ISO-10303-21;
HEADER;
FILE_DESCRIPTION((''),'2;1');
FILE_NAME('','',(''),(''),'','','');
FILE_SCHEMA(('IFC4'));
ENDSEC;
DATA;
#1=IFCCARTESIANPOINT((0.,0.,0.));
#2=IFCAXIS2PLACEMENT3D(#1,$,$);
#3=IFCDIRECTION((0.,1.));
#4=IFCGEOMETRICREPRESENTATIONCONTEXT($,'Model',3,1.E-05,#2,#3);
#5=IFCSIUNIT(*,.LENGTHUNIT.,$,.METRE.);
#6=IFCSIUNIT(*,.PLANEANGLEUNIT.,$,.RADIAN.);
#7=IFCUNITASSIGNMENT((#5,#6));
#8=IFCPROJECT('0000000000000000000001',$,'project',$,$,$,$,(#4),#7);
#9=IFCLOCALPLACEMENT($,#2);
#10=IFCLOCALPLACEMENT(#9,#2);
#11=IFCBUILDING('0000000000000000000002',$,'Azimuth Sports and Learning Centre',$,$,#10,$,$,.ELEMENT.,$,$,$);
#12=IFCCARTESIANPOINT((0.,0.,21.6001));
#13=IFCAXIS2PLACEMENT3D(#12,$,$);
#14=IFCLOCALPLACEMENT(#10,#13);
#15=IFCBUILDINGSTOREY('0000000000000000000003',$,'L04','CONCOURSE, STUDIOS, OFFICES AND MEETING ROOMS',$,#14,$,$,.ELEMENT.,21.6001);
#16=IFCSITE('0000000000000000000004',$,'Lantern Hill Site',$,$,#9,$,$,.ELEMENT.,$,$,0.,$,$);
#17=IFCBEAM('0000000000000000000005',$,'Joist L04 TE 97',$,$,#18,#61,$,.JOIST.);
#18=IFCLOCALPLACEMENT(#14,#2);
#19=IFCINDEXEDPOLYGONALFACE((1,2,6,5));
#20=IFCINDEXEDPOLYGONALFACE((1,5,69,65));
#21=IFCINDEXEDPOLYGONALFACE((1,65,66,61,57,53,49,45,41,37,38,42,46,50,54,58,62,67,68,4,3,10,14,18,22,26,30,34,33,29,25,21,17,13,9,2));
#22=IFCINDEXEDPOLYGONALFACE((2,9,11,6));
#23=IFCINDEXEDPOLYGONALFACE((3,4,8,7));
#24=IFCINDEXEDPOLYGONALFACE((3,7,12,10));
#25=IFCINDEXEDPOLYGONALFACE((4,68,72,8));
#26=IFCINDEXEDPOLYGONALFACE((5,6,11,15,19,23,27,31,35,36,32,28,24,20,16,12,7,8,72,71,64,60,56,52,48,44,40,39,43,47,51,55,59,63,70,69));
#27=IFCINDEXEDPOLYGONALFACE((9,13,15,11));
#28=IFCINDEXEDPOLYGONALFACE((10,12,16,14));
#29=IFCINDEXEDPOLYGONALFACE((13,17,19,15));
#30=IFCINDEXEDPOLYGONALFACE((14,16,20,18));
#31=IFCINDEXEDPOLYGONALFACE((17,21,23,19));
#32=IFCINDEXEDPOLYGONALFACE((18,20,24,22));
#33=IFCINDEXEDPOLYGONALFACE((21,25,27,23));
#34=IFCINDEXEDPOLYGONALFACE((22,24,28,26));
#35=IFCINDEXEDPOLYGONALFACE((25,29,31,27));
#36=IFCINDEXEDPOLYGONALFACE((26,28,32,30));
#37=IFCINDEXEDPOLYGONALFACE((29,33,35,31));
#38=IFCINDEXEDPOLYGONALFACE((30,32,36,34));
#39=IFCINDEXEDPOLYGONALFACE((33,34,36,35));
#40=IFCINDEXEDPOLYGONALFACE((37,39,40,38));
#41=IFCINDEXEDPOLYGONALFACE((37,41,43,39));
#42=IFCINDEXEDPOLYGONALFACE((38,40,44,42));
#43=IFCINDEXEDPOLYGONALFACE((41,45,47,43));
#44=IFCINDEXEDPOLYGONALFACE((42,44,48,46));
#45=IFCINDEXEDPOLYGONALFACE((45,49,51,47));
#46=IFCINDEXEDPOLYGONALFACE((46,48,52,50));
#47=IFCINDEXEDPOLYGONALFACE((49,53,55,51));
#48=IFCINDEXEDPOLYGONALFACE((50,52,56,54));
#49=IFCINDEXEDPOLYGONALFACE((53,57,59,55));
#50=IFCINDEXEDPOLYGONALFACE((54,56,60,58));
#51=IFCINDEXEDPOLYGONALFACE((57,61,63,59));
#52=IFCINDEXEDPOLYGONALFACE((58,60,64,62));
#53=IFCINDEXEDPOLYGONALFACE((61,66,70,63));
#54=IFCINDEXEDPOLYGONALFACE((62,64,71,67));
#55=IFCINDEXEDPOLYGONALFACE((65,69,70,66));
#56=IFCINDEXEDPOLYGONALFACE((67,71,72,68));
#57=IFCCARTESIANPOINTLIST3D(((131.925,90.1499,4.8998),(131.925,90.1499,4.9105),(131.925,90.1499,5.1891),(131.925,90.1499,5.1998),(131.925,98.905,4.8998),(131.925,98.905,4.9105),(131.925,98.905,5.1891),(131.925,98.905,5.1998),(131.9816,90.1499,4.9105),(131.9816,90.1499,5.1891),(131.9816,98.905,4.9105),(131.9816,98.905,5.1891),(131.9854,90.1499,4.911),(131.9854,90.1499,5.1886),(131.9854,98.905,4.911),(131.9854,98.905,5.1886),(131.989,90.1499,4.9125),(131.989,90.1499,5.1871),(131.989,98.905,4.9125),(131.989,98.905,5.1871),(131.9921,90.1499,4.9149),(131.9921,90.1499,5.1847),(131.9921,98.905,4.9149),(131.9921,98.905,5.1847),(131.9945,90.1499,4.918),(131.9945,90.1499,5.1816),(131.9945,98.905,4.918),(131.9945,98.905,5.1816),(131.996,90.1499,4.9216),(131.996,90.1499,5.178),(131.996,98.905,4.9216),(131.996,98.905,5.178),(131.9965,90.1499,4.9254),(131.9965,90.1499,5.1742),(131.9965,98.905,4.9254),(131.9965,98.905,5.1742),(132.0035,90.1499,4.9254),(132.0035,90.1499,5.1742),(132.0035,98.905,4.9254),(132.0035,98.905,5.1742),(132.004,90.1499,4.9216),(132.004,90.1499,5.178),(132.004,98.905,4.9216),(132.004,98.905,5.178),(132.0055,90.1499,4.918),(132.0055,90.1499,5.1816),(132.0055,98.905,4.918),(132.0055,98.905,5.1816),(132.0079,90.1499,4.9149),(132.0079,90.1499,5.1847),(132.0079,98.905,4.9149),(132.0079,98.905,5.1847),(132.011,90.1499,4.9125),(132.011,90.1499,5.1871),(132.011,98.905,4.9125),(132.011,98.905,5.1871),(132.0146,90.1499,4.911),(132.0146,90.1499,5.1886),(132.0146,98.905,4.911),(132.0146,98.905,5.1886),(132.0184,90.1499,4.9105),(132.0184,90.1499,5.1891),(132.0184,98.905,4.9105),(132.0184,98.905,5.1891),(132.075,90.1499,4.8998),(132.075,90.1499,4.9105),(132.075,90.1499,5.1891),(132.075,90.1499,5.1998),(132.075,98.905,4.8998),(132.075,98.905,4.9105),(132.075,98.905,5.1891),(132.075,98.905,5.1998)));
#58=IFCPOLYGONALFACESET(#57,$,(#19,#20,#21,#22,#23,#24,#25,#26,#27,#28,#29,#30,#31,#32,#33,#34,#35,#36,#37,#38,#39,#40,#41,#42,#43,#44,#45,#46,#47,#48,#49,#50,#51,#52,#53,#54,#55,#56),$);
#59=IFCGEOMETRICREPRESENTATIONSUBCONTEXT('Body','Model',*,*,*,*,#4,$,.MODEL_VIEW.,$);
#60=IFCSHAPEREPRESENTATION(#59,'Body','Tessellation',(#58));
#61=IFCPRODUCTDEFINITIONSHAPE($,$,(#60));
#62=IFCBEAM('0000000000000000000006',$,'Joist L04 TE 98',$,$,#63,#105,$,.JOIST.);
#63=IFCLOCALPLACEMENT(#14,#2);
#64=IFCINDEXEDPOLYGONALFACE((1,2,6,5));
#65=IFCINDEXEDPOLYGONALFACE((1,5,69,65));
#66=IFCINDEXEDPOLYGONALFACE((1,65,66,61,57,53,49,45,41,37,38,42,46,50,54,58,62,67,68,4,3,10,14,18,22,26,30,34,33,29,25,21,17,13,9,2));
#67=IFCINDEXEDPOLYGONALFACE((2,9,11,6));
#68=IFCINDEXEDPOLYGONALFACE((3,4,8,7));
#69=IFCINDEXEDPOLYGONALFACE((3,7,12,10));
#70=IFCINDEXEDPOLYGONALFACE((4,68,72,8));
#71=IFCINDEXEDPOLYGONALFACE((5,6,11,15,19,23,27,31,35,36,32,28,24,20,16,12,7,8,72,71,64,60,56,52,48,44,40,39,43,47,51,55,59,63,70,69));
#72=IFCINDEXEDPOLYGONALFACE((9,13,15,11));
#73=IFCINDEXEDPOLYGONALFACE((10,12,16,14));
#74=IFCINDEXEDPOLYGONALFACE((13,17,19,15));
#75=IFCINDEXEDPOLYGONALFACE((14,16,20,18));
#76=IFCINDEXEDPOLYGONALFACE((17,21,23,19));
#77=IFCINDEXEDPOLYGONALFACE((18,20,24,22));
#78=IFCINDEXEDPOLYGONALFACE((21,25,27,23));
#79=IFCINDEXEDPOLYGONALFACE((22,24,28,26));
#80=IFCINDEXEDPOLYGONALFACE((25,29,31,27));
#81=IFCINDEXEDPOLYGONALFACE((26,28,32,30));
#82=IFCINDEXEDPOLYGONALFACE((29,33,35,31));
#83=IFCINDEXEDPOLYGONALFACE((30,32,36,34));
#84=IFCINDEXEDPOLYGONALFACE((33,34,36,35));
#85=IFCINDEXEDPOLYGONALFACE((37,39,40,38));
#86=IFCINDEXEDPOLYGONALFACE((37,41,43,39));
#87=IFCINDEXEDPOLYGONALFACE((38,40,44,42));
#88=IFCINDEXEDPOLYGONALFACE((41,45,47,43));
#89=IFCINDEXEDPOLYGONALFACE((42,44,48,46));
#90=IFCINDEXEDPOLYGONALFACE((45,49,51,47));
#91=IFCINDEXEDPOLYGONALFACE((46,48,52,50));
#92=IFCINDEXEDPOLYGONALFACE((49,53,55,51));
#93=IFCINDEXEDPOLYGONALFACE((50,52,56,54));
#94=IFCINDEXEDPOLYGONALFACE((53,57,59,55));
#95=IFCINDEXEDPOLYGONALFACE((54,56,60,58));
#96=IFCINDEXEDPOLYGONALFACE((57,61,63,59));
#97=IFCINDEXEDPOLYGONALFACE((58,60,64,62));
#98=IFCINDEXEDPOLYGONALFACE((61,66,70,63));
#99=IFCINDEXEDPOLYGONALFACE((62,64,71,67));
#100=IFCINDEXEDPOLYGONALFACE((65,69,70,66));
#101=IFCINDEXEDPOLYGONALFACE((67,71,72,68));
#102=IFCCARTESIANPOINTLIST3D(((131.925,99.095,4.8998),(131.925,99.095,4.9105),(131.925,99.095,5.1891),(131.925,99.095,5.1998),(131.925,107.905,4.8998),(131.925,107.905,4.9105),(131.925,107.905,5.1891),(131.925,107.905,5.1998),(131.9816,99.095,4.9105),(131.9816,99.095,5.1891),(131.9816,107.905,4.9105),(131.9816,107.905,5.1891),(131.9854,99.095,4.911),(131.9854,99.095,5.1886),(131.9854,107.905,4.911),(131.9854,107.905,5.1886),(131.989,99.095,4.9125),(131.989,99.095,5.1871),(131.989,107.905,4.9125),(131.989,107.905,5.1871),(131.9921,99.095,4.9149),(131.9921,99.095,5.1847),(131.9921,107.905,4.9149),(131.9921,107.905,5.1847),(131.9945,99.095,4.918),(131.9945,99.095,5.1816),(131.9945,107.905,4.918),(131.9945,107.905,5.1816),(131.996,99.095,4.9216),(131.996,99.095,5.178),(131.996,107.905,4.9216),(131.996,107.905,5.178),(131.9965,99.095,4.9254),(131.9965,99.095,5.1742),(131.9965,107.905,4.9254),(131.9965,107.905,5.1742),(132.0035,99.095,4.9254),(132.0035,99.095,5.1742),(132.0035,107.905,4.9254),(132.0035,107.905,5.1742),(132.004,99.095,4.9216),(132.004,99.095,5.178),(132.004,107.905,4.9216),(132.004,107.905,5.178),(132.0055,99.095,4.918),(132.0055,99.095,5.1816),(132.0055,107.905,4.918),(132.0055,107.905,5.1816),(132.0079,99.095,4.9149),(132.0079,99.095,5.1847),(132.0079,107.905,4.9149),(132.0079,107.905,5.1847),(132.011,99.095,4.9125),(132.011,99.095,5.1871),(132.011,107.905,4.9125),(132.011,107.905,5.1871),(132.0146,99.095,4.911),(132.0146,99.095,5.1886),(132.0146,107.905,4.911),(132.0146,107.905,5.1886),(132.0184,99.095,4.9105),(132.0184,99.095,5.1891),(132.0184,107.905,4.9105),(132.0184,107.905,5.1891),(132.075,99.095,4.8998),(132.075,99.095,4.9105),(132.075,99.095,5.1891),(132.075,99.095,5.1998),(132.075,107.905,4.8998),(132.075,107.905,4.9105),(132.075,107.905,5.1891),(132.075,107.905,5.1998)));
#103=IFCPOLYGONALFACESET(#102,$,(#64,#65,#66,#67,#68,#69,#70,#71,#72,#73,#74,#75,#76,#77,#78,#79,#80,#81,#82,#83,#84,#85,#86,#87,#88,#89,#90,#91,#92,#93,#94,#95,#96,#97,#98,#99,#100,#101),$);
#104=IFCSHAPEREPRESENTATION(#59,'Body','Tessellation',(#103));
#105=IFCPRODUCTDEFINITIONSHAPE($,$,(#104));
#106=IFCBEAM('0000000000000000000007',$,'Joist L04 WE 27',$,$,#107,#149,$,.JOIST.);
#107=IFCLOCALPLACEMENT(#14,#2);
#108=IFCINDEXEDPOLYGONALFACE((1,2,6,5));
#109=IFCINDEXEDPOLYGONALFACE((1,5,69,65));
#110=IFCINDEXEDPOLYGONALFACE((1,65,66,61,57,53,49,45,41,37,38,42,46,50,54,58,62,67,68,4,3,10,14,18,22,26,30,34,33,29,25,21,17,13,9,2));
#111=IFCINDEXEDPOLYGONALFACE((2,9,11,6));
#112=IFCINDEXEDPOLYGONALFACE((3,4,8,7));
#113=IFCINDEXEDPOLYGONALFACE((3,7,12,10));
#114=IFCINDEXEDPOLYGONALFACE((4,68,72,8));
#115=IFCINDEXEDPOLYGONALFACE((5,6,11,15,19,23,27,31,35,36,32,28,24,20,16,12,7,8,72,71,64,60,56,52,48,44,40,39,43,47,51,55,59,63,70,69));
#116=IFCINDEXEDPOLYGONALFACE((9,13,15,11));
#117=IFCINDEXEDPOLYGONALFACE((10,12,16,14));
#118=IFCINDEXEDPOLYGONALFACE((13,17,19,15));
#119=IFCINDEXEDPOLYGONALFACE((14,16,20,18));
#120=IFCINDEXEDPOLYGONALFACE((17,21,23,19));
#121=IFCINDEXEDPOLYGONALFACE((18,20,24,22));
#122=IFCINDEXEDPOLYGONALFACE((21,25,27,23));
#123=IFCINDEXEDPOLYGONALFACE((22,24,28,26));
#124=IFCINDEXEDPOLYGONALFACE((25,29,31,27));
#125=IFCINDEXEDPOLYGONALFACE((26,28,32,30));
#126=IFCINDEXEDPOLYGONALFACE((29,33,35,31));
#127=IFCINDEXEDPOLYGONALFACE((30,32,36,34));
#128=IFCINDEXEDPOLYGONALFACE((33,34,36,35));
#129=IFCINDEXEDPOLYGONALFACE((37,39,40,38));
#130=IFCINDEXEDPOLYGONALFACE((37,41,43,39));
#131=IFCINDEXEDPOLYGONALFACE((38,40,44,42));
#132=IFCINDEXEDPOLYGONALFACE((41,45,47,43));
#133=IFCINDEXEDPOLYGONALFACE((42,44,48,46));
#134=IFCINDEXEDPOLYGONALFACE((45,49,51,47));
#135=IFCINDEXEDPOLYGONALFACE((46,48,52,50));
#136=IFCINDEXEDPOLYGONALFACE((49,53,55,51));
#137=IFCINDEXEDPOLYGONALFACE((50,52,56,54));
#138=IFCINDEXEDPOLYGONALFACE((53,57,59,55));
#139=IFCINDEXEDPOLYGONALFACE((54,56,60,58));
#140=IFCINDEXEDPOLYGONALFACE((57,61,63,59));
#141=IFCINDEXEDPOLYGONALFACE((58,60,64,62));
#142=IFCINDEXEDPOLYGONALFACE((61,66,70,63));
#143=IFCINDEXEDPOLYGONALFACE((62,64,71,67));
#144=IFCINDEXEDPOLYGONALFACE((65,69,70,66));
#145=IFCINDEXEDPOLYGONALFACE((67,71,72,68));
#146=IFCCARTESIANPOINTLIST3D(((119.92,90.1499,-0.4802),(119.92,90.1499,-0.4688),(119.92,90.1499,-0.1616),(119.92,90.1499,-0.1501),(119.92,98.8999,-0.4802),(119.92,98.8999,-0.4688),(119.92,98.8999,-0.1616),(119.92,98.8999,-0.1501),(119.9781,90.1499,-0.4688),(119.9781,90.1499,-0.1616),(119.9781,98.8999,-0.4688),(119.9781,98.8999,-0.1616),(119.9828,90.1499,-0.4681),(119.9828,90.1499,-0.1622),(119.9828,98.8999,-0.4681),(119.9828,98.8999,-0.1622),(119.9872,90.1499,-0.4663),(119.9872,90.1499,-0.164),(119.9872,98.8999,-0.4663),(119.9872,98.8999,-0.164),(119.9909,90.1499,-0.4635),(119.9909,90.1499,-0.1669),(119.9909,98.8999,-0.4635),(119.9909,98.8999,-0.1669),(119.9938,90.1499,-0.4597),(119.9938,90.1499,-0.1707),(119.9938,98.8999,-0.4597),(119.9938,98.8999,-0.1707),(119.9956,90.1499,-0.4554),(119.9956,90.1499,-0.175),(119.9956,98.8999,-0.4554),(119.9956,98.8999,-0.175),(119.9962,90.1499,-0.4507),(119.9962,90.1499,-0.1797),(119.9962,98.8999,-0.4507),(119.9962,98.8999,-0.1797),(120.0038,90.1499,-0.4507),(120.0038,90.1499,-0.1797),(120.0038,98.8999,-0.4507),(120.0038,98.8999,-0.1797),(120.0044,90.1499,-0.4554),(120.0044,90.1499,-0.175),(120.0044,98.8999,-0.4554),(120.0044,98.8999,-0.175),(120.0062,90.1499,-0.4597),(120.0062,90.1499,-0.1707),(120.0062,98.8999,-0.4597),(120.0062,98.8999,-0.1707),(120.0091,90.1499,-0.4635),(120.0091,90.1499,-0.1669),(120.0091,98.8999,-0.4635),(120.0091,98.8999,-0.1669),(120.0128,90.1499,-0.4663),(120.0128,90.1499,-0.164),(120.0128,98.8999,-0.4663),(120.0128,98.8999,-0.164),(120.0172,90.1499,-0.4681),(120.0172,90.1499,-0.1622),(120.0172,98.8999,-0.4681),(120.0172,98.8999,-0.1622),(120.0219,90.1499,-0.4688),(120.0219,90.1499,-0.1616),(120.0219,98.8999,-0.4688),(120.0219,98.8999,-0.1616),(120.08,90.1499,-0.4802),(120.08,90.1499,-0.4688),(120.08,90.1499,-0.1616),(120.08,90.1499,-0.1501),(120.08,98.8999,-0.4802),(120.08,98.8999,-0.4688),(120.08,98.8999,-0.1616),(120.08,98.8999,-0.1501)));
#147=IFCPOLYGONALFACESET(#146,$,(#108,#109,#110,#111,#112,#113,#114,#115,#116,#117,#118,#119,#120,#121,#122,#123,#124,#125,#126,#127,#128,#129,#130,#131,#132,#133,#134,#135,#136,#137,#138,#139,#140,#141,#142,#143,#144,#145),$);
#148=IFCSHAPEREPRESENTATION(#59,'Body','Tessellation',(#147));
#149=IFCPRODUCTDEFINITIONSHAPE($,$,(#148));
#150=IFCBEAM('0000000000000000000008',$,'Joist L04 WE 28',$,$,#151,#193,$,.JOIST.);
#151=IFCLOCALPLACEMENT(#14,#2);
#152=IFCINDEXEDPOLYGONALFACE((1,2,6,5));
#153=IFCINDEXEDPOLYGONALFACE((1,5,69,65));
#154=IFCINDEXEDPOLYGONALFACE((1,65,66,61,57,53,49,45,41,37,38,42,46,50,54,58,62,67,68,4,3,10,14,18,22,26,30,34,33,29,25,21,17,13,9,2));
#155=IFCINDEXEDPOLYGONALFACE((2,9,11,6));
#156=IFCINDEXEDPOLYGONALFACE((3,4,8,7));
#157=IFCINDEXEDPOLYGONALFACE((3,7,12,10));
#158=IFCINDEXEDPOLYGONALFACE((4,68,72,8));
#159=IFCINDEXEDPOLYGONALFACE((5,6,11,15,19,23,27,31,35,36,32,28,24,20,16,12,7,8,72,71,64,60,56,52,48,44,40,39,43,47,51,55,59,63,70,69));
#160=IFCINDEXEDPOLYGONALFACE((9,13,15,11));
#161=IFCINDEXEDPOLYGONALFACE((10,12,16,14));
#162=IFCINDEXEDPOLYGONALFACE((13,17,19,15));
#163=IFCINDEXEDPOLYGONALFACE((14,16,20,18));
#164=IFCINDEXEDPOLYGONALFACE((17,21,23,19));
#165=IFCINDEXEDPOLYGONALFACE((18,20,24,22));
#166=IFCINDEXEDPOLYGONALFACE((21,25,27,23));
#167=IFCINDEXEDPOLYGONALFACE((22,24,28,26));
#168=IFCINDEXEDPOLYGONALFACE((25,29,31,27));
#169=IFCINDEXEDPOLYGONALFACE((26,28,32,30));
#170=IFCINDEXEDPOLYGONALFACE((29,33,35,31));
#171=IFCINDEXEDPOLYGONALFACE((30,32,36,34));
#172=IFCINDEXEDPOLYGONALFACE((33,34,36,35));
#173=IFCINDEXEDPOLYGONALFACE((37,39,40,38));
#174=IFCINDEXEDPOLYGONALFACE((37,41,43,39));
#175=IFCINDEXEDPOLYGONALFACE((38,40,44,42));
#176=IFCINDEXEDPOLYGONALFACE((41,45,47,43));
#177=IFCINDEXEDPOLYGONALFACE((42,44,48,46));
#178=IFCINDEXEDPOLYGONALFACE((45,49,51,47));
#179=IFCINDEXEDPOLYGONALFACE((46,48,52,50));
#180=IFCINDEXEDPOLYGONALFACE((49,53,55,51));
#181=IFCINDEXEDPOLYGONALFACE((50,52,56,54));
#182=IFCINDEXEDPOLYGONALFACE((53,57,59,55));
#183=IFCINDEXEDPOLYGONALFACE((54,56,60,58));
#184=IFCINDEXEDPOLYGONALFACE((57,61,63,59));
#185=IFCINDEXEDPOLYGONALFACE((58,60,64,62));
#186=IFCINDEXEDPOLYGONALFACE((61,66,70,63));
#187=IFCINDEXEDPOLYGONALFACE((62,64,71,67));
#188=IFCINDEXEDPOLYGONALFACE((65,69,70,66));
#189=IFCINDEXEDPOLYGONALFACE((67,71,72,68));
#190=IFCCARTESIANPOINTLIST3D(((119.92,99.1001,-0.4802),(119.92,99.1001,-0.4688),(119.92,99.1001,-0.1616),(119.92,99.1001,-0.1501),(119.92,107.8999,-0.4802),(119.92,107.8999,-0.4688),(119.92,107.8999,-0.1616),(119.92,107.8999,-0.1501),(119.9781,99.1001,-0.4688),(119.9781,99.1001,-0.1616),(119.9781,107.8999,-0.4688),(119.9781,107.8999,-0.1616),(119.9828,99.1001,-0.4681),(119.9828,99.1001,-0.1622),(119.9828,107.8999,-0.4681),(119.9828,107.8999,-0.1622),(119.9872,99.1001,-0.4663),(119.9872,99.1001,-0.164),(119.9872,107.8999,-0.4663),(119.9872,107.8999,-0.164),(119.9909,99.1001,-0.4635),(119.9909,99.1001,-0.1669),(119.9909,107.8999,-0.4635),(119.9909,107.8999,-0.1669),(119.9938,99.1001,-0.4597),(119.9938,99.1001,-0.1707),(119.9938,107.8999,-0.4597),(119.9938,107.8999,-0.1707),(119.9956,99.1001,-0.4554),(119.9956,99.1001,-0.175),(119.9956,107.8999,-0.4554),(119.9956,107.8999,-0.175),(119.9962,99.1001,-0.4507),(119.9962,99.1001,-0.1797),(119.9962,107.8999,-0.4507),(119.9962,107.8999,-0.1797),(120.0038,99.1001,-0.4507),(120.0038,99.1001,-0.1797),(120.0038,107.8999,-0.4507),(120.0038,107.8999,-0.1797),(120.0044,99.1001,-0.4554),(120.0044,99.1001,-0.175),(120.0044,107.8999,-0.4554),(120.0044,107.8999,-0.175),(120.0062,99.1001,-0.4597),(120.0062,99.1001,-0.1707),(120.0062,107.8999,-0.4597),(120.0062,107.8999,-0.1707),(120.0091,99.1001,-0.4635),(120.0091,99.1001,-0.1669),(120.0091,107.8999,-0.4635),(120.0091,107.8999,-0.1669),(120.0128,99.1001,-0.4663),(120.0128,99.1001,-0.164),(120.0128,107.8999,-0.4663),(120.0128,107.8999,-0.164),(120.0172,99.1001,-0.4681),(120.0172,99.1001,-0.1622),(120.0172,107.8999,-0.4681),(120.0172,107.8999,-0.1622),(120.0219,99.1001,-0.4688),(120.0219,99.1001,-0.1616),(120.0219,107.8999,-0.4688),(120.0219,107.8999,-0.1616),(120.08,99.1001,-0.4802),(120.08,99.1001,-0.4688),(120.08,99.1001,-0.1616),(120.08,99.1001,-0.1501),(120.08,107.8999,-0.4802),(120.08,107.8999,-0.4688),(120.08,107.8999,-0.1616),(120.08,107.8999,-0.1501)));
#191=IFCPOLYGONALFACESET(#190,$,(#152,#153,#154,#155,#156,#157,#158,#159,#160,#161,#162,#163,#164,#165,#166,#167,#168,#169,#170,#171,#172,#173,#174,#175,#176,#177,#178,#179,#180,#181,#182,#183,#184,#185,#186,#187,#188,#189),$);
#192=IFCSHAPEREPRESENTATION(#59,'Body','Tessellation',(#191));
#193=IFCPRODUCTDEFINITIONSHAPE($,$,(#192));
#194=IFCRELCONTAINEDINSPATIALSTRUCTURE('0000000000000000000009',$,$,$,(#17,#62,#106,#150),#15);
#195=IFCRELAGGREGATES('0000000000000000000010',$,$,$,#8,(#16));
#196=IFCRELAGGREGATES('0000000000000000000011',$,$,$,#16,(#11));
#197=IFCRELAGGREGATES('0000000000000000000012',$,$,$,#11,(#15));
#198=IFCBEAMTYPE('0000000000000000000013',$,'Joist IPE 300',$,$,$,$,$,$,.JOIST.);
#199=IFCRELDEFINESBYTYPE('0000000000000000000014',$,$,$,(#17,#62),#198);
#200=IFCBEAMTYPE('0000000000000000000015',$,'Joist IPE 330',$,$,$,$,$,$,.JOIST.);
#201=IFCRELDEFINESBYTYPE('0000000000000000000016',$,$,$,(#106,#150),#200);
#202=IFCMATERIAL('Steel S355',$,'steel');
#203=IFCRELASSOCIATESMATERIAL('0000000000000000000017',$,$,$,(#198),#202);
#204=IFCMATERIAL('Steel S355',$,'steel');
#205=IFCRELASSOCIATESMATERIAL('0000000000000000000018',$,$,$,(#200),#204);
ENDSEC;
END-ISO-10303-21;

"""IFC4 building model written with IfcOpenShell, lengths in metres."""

from ifc_helpers import new_model, si_unit, direction, frame, origin, origin_2d, place, context, subcontext, project, spatial, i_section, extrude, material, material_profile, profile_set, type_object, element, save


model = new_model("IFC4")

# Units and contexts
model_context = context("Model", 3, precision=1e-05, world=origin(), true_north=direction((0.0, 1.0)))
body_context = subcontext(model_context, "Body", "Model", "MODEL_VIEW")
ifc_project = project(units=[si_unit("LENGTHUNIT", "METRE"), si_unit("PLANEANGLEUNIT", "RADIAN")], contexts=[model_context])

# Site, building, storey
site_placement = place(None, origin())
site = spatial("IfcSite", under=ifc_project, at=site_placement, Name="Lantern Hill Site", CompositionType="ELEMENT", RefElevation=0.0)
building_placement = place(site_placement, origin())
building = spatial("IfcBuilding", under=site, at=building_placement, Name="Azimuth Sports and Learning Centre", CompositionType="ELEMENT")
storey_placement = place(building_placement, frame((0.0, 0.0, 21.6001)))
storey = spatial("IfcBuildingStorey", under=building, at=storey_placement, Name="L04", Description="CONCOURSE, STUDIOS, OFFICES AND MEETING ROOMS", CompositionType="ELEMENT", Elevation=21.6001)

# Beams
ifc_material_1 = material(Name="Steel S355", Category="steel")
ifc_material_profile_1 = material_profile(ifc_material_1, i_section(OverallWidth=0.1499, OverallDepth=0.3, WebThickness=0.0071, FlangeThickness=0.0107, FilletRadius=0.0149, at=origin_2d()), Name="IPE 300")
ifc_profile_set_1 = profile_set([ifc_material_profile_1], Name="Steel S355")
beam_type_1 = type_object("IfcBeamType", Name="Joist IPE 300", PredefinedType="JOIST", material=ifc_profile_set_1)
beam_1_placement = place(storey_placement, frame((132.0, 90.1499, 5.0498), z_axis=(0.0, 1.0, 0.0), x_axis=(-1.0, 0.0, 0.0)))
element("IfcBeam", 1, at=beam_1_placement, inside=storey, type_object=beam_type_1, Name="Joist L04 TE 97", PredefinedType="JOIST", context=body_context, shape_type="SweptSolid", body=[
    extrude(i_section(OverallWidth=0.1499, OverallDepth=0.3, WebThickness=0.0071, FlangeThickness=0.0107, FilletRadius=0.0149, at=origin_2d()), origin(), (0.0, 0.0, 1.0), 8.7551),
])
beam_2_placement = place(storey_placement, frame((132.0, 99.095, 5.0498), z_axis=(0.0, 1.0, 0.0), x_axis=(-1.0, 0.0, 0.0)))
element("IfcBeam", 2, at=beam_2_placement, inside=storey, type_object=beam_type_1, Name="Joist L04 TE 98", PredefinedType="JOIST", context=body_context, shape_type="SweptSolid", body=[
    extrude(i_section(OverallWidth=0.1499, OverallDepth=0.3, WebThickness=0.0071, FlangeThickness=0.0107, FilletRadius=0.0149, at=origin_2d()), origin(), (0.0, 0.0, 1.0), 8.8101),
])
ifc_material_2 = material(Name="Steel S355", Category="steel")
ifc_material_profile_2 = material_profile(ifc_material_2, i_section(OverallWidth=0.1599, OverallDepth=0.3301, WebThickness=0.0076, FlangeThickness=0.0115, FilletRadius=0.0181, at=origin_2d()), Name="IPE 330")
ifc_profile_set_2 = profile_set([ifc_material_profile_2], Name="Steel S355")
beam_type_2 = type_object("IfcBeamType", Name="Joist IPE 330", PredefinedType="JOIST", material=ifc_profile_set_2)
beam_3_placement = place(storey_placement, frame((120.0, 90.1499, -0.3152), z_axis=(0.0, 1.0, 0.0), x_axis=(-1.0, 0.0, 0.0)))
element("IfcBeam", 3, at=beam_3_placement, inside=storey, type_object=beam_type_2, Name="Joist L04 WE 27", PredefinedType="JOIST", context=body_context, shape_type="SweptSolid", body=[
    extrude(i_section(OverallWidth=0.1599, OverallDepth=0.3301, WebThickness=0.0076, FlangeThickness=0.0115, FilletRadius=0.0181, at=origin_2d()), origin(), (0.0, 0.0, 1.0), 8.75),
])
beam_4_placement = place(storey_placement, frame((120.0, 99.1001, -0.3152), z_axis=(0.0, 1.0, 0.0), x_axis=(-1.0, 0.0, 0.0)))
element("IfcBeam", 4, at=beam_4_placement, inside=storey, type_object=beam_type_2, Name="Joist L04 WE 28", PredefinedType="JOIST", context=body_context, shape_type="SweptSolid", body=[
    extrude(i_section(OverallWidth=0.1599, OverallDepth=0.3301, WebThickness=0.0076, FlangeThickness=0.0115, FilletRadius=0.0181, at=origin_2d()), origin(), (0.0, 0.0, 1.0), 8.7998),
])

save(model, "model.ifc")
